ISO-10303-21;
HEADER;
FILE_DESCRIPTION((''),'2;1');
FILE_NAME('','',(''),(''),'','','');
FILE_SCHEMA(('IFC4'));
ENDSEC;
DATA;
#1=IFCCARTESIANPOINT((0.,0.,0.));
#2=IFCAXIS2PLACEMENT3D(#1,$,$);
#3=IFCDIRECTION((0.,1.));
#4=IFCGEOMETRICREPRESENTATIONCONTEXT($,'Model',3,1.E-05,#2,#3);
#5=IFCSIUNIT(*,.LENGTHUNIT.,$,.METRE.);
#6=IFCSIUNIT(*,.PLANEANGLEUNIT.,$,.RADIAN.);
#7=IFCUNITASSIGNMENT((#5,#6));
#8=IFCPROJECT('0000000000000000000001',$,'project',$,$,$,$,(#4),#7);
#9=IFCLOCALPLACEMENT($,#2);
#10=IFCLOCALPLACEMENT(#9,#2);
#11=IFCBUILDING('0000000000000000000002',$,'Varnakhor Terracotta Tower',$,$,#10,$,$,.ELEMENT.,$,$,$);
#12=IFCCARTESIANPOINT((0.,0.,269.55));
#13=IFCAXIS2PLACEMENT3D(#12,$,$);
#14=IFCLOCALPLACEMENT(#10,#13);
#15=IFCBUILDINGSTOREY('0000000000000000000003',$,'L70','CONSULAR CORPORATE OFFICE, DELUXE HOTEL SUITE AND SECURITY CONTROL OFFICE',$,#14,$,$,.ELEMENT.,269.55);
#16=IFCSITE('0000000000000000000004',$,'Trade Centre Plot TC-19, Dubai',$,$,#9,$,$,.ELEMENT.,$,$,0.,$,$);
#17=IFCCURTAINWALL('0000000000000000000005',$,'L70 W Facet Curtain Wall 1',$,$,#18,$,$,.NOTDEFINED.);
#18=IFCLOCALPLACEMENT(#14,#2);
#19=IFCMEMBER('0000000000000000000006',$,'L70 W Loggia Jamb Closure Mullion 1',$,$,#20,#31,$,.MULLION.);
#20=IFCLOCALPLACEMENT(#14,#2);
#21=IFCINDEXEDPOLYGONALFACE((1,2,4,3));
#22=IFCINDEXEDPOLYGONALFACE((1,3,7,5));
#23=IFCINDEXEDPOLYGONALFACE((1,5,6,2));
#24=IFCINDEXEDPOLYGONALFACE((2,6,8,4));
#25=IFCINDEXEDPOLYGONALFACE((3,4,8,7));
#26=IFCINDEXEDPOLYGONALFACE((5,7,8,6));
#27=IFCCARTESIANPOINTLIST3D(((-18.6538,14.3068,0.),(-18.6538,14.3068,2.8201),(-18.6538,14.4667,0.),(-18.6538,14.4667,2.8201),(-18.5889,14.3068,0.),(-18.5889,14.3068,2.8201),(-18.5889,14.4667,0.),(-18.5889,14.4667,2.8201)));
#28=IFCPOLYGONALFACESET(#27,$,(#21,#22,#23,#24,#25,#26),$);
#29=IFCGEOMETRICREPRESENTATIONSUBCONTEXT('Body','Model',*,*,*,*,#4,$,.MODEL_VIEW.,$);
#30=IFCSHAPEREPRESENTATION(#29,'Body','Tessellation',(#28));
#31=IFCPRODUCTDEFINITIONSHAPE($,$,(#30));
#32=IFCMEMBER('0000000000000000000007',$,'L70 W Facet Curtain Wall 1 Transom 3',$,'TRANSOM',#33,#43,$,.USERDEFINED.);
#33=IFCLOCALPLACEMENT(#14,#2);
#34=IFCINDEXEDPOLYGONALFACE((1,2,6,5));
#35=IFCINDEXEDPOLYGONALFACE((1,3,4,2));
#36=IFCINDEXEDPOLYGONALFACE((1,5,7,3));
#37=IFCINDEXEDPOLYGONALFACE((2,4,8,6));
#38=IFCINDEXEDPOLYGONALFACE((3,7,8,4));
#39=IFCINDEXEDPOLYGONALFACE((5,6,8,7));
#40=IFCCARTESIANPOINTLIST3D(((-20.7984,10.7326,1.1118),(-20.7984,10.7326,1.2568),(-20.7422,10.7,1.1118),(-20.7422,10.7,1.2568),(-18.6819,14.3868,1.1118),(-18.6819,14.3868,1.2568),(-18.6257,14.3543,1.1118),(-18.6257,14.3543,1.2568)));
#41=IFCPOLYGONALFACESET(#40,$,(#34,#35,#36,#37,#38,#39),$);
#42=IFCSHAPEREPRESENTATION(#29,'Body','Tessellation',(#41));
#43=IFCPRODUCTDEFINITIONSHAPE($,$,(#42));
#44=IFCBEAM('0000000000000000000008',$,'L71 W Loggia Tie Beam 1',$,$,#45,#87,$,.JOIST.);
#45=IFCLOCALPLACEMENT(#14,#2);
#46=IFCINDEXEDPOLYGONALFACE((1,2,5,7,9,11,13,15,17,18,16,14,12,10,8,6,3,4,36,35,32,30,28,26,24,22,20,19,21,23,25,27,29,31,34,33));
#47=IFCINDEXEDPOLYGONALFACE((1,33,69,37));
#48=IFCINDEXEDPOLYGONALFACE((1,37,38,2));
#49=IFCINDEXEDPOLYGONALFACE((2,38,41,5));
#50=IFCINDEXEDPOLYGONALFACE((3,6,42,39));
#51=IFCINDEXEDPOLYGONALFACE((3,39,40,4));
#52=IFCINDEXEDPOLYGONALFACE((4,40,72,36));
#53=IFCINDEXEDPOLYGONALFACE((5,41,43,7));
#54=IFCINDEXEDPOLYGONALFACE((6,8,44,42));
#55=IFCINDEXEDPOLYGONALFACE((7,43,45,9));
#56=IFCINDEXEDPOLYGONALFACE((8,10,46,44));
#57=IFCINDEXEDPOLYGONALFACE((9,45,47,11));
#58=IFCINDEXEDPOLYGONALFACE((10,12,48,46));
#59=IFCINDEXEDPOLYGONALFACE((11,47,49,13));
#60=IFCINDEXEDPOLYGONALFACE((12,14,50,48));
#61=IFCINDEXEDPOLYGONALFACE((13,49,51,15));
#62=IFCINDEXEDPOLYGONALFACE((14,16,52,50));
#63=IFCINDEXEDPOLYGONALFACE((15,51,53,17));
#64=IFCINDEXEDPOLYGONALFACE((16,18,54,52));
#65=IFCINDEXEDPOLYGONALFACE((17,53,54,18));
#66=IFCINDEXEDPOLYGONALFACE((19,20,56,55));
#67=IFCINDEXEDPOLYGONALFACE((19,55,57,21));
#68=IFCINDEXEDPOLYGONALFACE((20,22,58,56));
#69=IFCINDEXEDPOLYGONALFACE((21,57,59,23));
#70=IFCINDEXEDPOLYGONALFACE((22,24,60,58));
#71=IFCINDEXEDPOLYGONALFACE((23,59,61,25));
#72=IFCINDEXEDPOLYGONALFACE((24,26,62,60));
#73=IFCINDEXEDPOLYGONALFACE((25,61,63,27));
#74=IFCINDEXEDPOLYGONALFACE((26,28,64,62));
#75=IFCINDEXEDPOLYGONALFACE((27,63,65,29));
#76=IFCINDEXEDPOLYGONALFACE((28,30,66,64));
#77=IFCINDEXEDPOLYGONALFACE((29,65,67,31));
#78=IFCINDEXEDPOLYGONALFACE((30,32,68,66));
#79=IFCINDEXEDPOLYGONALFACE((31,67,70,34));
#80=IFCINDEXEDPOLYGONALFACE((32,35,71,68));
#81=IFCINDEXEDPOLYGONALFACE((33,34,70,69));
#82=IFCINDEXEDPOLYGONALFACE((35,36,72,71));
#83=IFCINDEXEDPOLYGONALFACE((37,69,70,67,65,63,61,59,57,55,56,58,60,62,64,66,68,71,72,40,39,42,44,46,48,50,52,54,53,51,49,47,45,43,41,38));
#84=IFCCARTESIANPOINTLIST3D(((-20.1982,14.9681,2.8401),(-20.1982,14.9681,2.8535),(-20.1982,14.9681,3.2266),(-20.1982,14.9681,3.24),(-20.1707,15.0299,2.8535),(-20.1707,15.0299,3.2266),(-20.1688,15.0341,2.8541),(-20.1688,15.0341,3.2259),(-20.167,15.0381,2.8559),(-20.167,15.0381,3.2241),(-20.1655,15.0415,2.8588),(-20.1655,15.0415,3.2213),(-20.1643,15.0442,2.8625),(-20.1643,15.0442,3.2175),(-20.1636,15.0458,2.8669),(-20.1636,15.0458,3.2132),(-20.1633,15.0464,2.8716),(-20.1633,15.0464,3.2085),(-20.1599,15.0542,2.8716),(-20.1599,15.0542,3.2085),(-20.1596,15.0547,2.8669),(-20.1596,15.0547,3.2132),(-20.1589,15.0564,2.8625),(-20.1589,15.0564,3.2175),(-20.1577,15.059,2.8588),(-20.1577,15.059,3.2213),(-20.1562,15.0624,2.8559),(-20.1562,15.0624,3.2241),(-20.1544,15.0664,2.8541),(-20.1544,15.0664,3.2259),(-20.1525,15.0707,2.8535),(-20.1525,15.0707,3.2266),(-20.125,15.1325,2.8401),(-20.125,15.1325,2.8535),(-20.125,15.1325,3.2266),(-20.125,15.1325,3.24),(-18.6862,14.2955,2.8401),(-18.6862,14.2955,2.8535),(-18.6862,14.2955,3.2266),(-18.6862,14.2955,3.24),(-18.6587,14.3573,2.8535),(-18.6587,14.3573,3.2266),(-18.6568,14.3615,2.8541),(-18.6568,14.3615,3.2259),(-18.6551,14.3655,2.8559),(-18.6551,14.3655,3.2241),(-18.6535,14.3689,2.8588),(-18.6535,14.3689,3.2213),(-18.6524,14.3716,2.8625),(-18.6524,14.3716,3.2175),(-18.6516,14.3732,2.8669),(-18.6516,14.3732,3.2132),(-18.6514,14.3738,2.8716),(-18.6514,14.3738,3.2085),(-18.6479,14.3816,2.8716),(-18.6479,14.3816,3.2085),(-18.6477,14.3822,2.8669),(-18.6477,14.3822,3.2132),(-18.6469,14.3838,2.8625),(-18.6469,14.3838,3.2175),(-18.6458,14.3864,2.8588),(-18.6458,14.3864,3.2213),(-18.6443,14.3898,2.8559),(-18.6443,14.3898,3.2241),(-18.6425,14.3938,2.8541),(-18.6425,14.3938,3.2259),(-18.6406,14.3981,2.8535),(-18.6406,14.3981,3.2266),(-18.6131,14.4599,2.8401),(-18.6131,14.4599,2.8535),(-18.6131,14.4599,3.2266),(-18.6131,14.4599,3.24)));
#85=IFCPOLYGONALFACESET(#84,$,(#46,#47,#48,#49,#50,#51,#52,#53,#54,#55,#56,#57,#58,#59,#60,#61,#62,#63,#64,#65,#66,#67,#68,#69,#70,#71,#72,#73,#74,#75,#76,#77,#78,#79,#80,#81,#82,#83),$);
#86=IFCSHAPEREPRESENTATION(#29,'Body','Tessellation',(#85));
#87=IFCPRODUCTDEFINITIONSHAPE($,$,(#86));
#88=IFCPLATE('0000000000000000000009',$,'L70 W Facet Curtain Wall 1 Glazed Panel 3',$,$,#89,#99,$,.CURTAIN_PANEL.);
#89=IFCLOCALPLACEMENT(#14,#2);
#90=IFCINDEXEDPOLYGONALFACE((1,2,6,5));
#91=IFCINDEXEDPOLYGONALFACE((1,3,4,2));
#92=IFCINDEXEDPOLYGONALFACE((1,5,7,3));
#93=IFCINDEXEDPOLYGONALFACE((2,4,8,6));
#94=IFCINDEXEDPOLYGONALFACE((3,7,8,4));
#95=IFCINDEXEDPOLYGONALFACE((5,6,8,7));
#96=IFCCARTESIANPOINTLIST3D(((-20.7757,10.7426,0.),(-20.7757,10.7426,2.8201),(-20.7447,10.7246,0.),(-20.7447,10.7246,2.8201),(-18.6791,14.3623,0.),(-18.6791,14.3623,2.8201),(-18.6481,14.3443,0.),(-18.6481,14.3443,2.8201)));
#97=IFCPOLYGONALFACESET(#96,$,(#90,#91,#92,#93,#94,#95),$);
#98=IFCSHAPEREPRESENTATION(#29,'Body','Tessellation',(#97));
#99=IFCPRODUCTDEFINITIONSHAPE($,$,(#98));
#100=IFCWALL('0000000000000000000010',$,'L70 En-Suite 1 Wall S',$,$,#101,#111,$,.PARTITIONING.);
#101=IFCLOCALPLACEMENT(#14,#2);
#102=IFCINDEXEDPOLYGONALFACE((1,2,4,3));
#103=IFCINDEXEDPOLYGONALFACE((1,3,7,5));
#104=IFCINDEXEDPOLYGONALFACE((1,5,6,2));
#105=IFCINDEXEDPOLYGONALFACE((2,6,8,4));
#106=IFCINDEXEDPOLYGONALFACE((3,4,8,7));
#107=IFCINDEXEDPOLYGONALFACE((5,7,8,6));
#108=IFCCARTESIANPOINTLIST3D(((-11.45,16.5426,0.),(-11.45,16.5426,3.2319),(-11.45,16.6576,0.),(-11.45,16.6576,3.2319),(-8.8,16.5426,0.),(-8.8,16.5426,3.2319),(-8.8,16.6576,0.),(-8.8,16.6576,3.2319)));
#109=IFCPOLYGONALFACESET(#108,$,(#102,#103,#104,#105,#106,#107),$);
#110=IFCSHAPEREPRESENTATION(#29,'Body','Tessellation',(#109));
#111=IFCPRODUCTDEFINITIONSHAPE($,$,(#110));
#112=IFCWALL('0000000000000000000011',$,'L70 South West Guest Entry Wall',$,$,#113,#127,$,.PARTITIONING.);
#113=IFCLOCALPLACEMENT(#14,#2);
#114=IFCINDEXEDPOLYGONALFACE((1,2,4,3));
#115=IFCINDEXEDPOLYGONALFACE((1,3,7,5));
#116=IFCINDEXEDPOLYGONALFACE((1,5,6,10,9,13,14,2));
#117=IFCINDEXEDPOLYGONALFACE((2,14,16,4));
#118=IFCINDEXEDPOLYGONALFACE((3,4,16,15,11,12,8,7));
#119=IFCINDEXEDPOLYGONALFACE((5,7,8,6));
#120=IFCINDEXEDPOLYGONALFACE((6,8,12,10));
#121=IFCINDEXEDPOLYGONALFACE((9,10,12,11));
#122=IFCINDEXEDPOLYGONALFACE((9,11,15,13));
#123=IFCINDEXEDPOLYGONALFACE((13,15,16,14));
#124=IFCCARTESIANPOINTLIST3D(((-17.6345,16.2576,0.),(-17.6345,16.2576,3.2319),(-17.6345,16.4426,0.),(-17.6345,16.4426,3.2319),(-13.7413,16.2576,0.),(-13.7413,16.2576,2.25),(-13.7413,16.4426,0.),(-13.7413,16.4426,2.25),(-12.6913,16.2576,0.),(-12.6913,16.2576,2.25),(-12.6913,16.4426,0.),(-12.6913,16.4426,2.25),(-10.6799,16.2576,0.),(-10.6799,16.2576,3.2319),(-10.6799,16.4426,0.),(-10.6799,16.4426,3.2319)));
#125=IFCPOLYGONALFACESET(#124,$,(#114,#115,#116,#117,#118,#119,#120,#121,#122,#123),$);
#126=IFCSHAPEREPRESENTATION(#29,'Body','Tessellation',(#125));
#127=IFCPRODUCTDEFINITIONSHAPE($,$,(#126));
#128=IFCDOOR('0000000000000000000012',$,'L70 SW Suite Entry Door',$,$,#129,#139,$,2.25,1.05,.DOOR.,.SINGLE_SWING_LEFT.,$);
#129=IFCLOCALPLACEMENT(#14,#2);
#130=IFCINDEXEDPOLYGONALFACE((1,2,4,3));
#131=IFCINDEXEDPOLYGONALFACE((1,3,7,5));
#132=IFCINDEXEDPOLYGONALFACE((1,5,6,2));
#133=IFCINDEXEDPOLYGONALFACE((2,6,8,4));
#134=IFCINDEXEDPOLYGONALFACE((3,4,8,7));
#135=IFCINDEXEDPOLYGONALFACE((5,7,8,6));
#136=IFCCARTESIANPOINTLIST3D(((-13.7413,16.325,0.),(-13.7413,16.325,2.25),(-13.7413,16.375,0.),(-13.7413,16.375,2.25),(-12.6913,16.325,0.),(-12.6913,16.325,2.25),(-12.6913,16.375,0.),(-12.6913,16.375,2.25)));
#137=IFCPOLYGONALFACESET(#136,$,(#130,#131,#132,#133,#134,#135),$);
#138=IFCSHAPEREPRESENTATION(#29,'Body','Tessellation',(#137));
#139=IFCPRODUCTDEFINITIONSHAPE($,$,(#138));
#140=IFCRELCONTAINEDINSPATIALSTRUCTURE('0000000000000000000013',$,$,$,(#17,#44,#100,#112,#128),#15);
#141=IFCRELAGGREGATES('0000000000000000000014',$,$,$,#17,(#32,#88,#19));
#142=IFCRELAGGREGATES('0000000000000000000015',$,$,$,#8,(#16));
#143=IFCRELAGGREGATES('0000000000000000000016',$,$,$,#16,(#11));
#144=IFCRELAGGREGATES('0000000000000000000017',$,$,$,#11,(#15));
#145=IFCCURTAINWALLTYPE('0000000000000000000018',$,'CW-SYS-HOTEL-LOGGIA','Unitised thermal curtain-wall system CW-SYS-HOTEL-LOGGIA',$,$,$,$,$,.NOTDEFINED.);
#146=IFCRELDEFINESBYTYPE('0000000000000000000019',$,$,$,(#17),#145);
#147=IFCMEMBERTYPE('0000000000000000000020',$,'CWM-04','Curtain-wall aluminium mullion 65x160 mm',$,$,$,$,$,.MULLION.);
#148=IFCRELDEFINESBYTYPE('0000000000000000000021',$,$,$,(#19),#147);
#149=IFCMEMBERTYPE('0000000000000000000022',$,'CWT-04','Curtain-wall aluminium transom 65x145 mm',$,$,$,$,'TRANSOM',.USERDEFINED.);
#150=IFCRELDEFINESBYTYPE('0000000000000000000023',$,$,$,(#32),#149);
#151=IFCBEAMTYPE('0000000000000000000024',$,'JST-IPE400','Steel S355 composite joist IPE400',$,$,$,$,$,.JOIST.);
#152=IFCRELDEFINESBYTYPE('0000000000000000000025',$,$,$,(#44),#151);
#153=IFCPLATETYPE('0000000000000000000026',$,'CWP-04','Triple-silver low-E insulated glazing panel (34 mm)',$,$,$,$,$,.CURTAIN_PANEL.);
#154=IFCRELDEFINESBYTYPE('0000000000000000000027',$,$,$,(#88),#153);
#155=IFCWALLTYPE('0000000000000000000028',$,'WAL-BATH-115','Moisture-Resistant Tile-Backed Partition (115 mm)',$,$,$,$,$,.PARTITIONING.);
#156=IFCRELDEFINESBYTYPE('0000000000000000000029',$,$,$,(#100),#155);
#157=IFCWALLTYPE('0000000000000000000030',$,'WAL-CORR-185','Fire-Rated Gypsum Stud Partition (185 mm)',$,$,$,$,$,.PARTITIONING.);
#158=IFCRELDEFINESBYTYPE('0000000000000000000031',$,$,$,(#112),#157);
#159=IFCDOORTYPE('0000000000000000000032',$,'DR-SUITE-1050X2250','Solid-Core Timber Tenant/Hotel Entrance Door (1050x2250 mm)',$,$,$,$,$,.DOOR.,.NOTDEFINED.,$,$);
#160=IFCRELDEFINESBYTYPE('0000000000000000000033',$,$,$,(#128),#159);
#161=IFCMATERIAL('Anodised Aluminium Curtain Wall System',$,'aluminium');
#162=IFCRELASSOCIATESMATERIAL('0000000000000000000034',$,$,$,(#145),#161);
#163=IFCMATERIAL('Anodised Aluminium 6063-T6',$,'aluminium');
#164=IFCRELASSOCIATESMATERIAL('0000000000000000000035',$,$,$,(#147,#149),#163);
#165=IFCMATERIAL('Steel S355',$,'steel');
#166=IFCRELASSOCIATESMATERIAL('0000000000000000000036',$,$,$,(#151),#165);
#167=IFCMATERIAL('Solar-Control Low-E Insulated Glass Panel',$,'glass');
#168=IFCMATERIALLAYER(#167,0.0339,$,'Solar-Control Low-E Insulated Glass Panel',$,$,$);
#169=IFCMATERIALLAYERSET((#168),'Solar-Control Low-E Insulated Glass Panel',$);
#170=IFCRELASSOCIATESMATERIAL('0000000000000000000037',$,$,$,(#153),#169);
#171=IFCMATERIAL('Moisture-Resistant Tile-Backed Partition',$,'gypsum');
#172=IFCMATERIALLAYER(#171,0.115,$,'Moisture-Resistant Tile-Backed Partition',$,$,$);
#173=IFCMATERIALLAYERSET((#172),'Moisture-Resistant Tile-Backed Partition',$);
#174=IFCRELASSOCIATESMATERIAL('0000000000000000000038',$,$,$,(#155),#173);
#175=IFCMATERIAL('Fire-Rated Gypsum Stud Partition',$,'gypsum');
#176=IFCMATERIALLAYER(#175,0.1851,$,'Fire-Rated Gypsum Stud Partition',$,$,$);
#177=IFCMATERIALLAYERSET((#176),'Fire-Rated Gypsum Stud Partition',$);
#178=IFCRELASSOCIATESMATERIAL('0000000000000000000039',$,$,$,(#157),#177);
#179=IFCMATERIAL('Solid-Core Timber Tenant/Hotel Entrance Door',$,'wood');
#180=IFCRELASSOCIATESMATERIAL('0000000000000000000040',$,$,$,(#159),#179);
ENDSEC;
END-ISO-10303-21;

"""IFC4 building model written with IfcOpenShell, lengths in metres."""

from ifc_helpers import new_model, si_unit, direction, frame, frame_2d, origin, origin_2d, place, context, subcontext, project, spatial, rectangle, i_section, extrude, source, transform, mapped, material, layer, layer_set, material_profile, profile_set, type_object, type_shapes, element, fill, aggregate, save


model = new_model("IFC4")

# Units and contexts
model_context = context("Model", 3, precision=1e-05, world=origin(), true_north=direction((0.0, 1.0)))
body_context = subcontext(model_context, "Body", "Model", "MODEL_VIEW")
ifc_project = project(units=[si_unit("LENGTHUNIT", "METRE"), si_unit("PLANEANGLEUNIT", "RADIAN")], contexts=[model_context])

# Site, building, storey
site_placement = place(None, origin())
site = spatial("IfcSite", under=ifc_project, at=site_placement, Name="Trade Centre Plot TC-19, Dubai", CompositionType="ELEMENT", RefElevation=0.0)
building_placement = place(site_placement, origin())
building = spatial("IfcBuilding", under=site, at=building_placement, Name="Varnakhor Terracotta Tower", CompositionType="ELEMENT")
storey_placement = place(building_placement, frame((0.0, 0.0, 269.55)))
storey = spatial("IfcBuildingStorey", under=building, at=storey_placement, Name="L70", Description="CONSULAR CORPORATE OFFICE, DELUXE HOTEL SUITE AND SECURITY CONTROL OFFICE", CompositionType="ELEMENT", Elevation=269.55)

# Shared definitions
ifc_material_1 = material(Name="Steel S355", Category="steel")

# Curtain wall, members
ifc_material_2 = material(Name="Anodised Aluminium Curtain Wall System", Category="aluminium")
curtain_wall_type = type_object("IfcCurtainWallType", Name="CW-SYS-HOTEL-LOGGIA", Description="Unitised thermal curtain-wall system CW-SYS-HOTEL-LOGGIA", PredefinedType="NOTDEFINED", material=ifc_material_2)
curtain_wall_placement = place(storey_placement, origin())
curtain_wall = element("IfcCurtainWall", 1, at=curtain_wall_placement, inside=storey, type_object=curtain_wall_type, Name="L70 W Facet Curtain Wall 1", PredefinedType="NOTDEFINED")
ifc_material_3 = material(Name="Anodised Aluminium 6063-T6", Category="aluminium")
ifc_material_profile_1 = material_profile(ifc_material_3, rectangle(XDim=0.0649, YDim=0.1599, at=origin_2d()), Name="ALU MULLION 65x160")
ifc_profile_set_1 = profile_set([ifc_material_profile_1], Name="Anodised Aluminium 6063-T6")
member_type_1 = type_object("IfcMemberType", Name="CWM-04", Description="Curtain-wall aluminium mullion 65x160 mm", PredefinedType="MULLION", material=ifc_profile_set_1)
shared_shape_1 = source(origin(), body_context, "Body", "SweptSolid", [
    extrude(rectangle(XDim=0.0649, YDim=0.1599, at=origin_2d()), origin(), (0.0, 0.0, 1.0), 2.8201),
])
type_shapes(member_type_1, [shared_shape_1])
member_1_placement = place(storey_placement, frame((-18.6213, 14.3867, 0.0), z_axis=(0.0, 0.0, 1.0), x_axis=(1.0, 0.0, 0.0)))
member_1 = element("IfcMember", 2, at=member_1_placement, type_object=member_type_1, Name="L70 W Loggia Jamb Closure Mullion 1", PredefinedType="MULLION", context=body_context, shape_type="MappedRepresentation", body=[
    mapped(shared_shape_1, transform((0.0, 0.0, 0.0), scale=1.0)),
])
ifc_material_profile_2 = material_profile(ifc_material_3, rectangle(XDim=0.0649, YDim=0.145, at=origin_2d()), Name="ALU TRANSOM 65x145")
ifc_profile_set_2 = profile_set([ifc_material_profile_2], Name="Anodised Aluminium 6063-T6")
member_type_2 = type_object("IfcMemberType", Name="CWT-04", Description="Curtain-wall aluminium transom 65x145 mm", ElementType="TRANSOM", PredefinedType="USERDEFINED", material=ifc_profile_set_2)
shared_shape_2 = source(origin(), body_context, "Body", "SweptSolid", [
    extrude(rectangle(XDim=0.0649, YDim=0.145, at=origin_2d()), origin(), (0.0, 0.0, 1.0), 4.2229),
])
member_2_placement = place(storey_placement, frame((-20.7703, 10.7163, 1.1843), z_axis=(0.50118, 0.865343, 0.0), x_axis=(-0.865343, 0.50118, 0.0)))
member_2 = element("IfcMember", 3, at=member_2_placement, type_object=member_type_2, Name="L70 W Facet Curtain Wall 1 Transom 3", ObjectType="TRANSOM", PredefinedType="USERDEFINED", context=body_context, shape_type="MappedRepresentation", body=[
    mapped(shared_shape_2, transform((0.0, 0.0, 0.0), scale=1.0)),
])

# Beam
ifc_material_profile_3 = material_profile(ifc_material_1, i_section(OverallWidth=0.1799, OverallDepth=0.3999, WebThickness=0.0085, FlangeThickness=0.0134, FilletRadius=0.0181, at=origin_2d()), Name="IPE400")
ifc_profile_set_3 = profile_set([ifc_material_profile_3], Name="Steel S355")
beam_type_1 = type_object("IfcBeamType", Name="JST-IPE400", Description="Steel S355 composite joist IPE400", PredefinedType="JOIST", material=ifc_profile_set_3)
shared_shape_3 = source(origin(), body_context, "Body", "SweptSolid", [
    extrude(i_section(OverallWidth=0.1799, OverallDepth=0.3999, WebThickness=0.0085, FlangeThickness=0.0134, FilletRadius=0.0181, at=origin_2d()), origin(), (0.0, 0.0, 1.0), 1.6548),
])
beam_1_placement = place(storey_placement, frame((-18.6497, 14.3777, 3.04), z_axis=(-0.913672, 0.406453, 0.0), x_axis=(-0.406453, -0.913672, 0.0)))
element("IfcBeam", 4, at=beam_1_placement, inside=storey, type_object=beam_type_1, Name="L71 W Loggia Tie Beam 1", PredefinedType="JOIST", context=body_context, shape_type="MappedRepresentation", body=[
    mapped(shared_shape_3, transform((0.0, 0.0, 0.0), scale=1.0)),
])

# Plate
ifc_material_4 = material(Name="Solar-Control Low-E Insulated Glass Panel", Category="glass")
ifc_layer_1 = layer(ifc_material_4, 0.0339, Name="Solar-Control Low-E Insulated Glass Panel")
ifc_layer_set_1 = layer_set([ifc_layer_1], Name="Solar-Control Low-E Insulated Glass Panel")
plate_type = type_object("IfcPlateType", Name="CWP-04", Description="Triple-silver low-E insulated glazing panel (34 mm)", PredefinedType="CURTAIN_PANEL", material=ifc_layer_set_1)
shared_shape_4 = source(origin(), body_context, "Body", "SweptSolid", [
    extrude(rectangle(XDim=4.1831, YDim=0.0359, at=origin_2d()), origin(), (0.0, 0.0, 1.0), 2.8201),
])
plate_placement = place(storey_placement, frame((-19.7119, 12.5435, 0.0), z_axis=(0.0, 0.0, 1.0), x_axis=(0.501209, 0.865326, 0.0)))
plate = element("IfcPlate", 5, at=plate_placement, type_object=plate_type, Name="L70 W Facet Curtain Wall 1 Glazed Panel 3", PredefinedType="CURTAIN_PANEL", context=body_context, shape_type="MappedRepresentation", body=[
    mapped(shared_shape_4, transform((0.0, 0.0, 0.0), scale=1.0)),
])
aggregate(curtain_wall, [member_2, plate, member_1])

# Wall
ifc_material_5 = material(Name="Moisture-Resistant Tile-Backed Partition", Category="gypsum")
ifc_layer_2 = layer(ifc_material_5, 0.115, Name="Moisture-Resistant Tile-Backed Partition")
ifc_layer_set_2 = layer_set([ifc_layer_2], Name="Moisture-Resistant Tile-Backed Partition")
wall_type_1 = type_object("IfcWallType", Name="WAL-BATH-115", Description="Moisture-Resistant Tile-Backed Partition (115 mm)", PredefinedType="PARTITIONING", material=ifc_layer_set_2)
wall_1_placement = place(storey_placement, frame((-11.45, 16.6001, 0.0), z_axis=(0.0, 0.0, 1.0), x_axis=(1.0, 0.0, 0.0)))
element("IfcWall", 6, at=wall_1_placement, inside=storey, type_object=wall_type_1, Name="L70 En-Suite 1 Wall S", PredefinedType="PARTITIONING", context=body_context, shape_type="SweptSolid", body=[
    extrude(rectangle(XDim=2.6499, YDim=0.115, at=frame_2d((1.325, 0.0))), origin(), (0.0, 0.0, 1.0), 3.2319),
])

# Wall, opening, door
ifc_material_6 = material(Name="Fire-Rated Gypsum Stud Partition", Category="gypsum")
ifc_layer_3 = layer(ifc_material_6, 0.1851, Name="Fire-Rated Gypsum Stud Partition")
ifc_layer_set_3 = layer_set([ifc_layer_3], Name="Fire-Rated Gypsum Stud Partition")
wall_type_2 = type_object("IfcWallType", Name="WAL-CORR-185", Description="Fire-Rated Gypsum Stud Partition (185 mm)", PredefinedType="PARTITIONING", material=ifc_layer_set_3)
wall_2_placement = place(storey_placement, frame((-17.6345, 16.3501, 0.0), z_axis=(0.0, 0.0, 1.0), x_axis=(1.0, 0.0, 0.0)))
wall_2 = element("IfcWall", 7, at=wall_2_placement, inside=storey, type_object=wall_type_2, Name="L70 South West Guest Entry Wall", PredefinedType="PARTITIONING", context=body_context, shape_type="SweptSolid", body=[
    extrude(rectangle(XDim=6.9546, YDim=0.1851, at=frame_2d((3.4773, 0.0))), origin(), (0.0, 0.0, 1.0), 3.2319),
])
opening_1_placement = place(wall_2_placement, frame((3.8933, 0.0, 0.0)))
opening_1 = element("IfcOpeningElement", 8, at=opening_1_placement, cuts=wall_2, PredefinedType="OPENING", context=body_context, shape_type="SweptSolid", body=[
    extrude(rectangle(XDim=1.05, YDim=2.25, at=frame_2d((0.5249, 1.125))), frame((0.0, 0.1025, 0.0), z_axis=(0.0, -1.0, 0.0), x_axis=(1.0, 0.0, 0.0)), (0.0, 0.0, 1.0), 0.2051),
])
ifc_material_7 = material(Name="Solid-Core Timber Tenant/Hotel Entrance Door", Category="wood")
door_type_1 = type_object("IfcDoorType", Name="DR-SUITE-1050X2250", Description="Solid-Core Timber Tenant/Hotel Entrance Door (1050x2250 mm)", OperationType="NOTDEFINED", PredefinedType="DOOR", material=ifc_material_7)
shared_shape_5 = source(origin(), body_context, "Body", "SweptSolid", [
    extrude(rectangle(XDim=1.05, YDim=2.25, at=frame_2d((0.5249, 1.125))), frame((0.0, 0.0249, 0.0), z_axis=(0.0, -1.0, 0.0), x_axis=(1.0, 0.0, 0.0)), (0.0, 0.0, 1.0), 0.05),
])
type_shapes(door_type_1, [shared_shape_5])
door_1_placement = place(opening_1_placement, origin())
door_1 = element("IfcDoor", 9, at=door_1_placement, inside=storey, type_object=door_type_1, Name="L70 SW Suite Entry Door", OperationType="SINGLE_SWING_LEFT", OverallHeight=2.25, OverallWidth=1.05, PredefinedType="DOOR", context=body_context, shape_type="MappedRepresentation", body=[
    mapped(shared_shape_5, transform((0.0, 0.0, 0.0), scale=1.0)),
])
fill(opening_1, door_1)

save(model, "model.ifc")
